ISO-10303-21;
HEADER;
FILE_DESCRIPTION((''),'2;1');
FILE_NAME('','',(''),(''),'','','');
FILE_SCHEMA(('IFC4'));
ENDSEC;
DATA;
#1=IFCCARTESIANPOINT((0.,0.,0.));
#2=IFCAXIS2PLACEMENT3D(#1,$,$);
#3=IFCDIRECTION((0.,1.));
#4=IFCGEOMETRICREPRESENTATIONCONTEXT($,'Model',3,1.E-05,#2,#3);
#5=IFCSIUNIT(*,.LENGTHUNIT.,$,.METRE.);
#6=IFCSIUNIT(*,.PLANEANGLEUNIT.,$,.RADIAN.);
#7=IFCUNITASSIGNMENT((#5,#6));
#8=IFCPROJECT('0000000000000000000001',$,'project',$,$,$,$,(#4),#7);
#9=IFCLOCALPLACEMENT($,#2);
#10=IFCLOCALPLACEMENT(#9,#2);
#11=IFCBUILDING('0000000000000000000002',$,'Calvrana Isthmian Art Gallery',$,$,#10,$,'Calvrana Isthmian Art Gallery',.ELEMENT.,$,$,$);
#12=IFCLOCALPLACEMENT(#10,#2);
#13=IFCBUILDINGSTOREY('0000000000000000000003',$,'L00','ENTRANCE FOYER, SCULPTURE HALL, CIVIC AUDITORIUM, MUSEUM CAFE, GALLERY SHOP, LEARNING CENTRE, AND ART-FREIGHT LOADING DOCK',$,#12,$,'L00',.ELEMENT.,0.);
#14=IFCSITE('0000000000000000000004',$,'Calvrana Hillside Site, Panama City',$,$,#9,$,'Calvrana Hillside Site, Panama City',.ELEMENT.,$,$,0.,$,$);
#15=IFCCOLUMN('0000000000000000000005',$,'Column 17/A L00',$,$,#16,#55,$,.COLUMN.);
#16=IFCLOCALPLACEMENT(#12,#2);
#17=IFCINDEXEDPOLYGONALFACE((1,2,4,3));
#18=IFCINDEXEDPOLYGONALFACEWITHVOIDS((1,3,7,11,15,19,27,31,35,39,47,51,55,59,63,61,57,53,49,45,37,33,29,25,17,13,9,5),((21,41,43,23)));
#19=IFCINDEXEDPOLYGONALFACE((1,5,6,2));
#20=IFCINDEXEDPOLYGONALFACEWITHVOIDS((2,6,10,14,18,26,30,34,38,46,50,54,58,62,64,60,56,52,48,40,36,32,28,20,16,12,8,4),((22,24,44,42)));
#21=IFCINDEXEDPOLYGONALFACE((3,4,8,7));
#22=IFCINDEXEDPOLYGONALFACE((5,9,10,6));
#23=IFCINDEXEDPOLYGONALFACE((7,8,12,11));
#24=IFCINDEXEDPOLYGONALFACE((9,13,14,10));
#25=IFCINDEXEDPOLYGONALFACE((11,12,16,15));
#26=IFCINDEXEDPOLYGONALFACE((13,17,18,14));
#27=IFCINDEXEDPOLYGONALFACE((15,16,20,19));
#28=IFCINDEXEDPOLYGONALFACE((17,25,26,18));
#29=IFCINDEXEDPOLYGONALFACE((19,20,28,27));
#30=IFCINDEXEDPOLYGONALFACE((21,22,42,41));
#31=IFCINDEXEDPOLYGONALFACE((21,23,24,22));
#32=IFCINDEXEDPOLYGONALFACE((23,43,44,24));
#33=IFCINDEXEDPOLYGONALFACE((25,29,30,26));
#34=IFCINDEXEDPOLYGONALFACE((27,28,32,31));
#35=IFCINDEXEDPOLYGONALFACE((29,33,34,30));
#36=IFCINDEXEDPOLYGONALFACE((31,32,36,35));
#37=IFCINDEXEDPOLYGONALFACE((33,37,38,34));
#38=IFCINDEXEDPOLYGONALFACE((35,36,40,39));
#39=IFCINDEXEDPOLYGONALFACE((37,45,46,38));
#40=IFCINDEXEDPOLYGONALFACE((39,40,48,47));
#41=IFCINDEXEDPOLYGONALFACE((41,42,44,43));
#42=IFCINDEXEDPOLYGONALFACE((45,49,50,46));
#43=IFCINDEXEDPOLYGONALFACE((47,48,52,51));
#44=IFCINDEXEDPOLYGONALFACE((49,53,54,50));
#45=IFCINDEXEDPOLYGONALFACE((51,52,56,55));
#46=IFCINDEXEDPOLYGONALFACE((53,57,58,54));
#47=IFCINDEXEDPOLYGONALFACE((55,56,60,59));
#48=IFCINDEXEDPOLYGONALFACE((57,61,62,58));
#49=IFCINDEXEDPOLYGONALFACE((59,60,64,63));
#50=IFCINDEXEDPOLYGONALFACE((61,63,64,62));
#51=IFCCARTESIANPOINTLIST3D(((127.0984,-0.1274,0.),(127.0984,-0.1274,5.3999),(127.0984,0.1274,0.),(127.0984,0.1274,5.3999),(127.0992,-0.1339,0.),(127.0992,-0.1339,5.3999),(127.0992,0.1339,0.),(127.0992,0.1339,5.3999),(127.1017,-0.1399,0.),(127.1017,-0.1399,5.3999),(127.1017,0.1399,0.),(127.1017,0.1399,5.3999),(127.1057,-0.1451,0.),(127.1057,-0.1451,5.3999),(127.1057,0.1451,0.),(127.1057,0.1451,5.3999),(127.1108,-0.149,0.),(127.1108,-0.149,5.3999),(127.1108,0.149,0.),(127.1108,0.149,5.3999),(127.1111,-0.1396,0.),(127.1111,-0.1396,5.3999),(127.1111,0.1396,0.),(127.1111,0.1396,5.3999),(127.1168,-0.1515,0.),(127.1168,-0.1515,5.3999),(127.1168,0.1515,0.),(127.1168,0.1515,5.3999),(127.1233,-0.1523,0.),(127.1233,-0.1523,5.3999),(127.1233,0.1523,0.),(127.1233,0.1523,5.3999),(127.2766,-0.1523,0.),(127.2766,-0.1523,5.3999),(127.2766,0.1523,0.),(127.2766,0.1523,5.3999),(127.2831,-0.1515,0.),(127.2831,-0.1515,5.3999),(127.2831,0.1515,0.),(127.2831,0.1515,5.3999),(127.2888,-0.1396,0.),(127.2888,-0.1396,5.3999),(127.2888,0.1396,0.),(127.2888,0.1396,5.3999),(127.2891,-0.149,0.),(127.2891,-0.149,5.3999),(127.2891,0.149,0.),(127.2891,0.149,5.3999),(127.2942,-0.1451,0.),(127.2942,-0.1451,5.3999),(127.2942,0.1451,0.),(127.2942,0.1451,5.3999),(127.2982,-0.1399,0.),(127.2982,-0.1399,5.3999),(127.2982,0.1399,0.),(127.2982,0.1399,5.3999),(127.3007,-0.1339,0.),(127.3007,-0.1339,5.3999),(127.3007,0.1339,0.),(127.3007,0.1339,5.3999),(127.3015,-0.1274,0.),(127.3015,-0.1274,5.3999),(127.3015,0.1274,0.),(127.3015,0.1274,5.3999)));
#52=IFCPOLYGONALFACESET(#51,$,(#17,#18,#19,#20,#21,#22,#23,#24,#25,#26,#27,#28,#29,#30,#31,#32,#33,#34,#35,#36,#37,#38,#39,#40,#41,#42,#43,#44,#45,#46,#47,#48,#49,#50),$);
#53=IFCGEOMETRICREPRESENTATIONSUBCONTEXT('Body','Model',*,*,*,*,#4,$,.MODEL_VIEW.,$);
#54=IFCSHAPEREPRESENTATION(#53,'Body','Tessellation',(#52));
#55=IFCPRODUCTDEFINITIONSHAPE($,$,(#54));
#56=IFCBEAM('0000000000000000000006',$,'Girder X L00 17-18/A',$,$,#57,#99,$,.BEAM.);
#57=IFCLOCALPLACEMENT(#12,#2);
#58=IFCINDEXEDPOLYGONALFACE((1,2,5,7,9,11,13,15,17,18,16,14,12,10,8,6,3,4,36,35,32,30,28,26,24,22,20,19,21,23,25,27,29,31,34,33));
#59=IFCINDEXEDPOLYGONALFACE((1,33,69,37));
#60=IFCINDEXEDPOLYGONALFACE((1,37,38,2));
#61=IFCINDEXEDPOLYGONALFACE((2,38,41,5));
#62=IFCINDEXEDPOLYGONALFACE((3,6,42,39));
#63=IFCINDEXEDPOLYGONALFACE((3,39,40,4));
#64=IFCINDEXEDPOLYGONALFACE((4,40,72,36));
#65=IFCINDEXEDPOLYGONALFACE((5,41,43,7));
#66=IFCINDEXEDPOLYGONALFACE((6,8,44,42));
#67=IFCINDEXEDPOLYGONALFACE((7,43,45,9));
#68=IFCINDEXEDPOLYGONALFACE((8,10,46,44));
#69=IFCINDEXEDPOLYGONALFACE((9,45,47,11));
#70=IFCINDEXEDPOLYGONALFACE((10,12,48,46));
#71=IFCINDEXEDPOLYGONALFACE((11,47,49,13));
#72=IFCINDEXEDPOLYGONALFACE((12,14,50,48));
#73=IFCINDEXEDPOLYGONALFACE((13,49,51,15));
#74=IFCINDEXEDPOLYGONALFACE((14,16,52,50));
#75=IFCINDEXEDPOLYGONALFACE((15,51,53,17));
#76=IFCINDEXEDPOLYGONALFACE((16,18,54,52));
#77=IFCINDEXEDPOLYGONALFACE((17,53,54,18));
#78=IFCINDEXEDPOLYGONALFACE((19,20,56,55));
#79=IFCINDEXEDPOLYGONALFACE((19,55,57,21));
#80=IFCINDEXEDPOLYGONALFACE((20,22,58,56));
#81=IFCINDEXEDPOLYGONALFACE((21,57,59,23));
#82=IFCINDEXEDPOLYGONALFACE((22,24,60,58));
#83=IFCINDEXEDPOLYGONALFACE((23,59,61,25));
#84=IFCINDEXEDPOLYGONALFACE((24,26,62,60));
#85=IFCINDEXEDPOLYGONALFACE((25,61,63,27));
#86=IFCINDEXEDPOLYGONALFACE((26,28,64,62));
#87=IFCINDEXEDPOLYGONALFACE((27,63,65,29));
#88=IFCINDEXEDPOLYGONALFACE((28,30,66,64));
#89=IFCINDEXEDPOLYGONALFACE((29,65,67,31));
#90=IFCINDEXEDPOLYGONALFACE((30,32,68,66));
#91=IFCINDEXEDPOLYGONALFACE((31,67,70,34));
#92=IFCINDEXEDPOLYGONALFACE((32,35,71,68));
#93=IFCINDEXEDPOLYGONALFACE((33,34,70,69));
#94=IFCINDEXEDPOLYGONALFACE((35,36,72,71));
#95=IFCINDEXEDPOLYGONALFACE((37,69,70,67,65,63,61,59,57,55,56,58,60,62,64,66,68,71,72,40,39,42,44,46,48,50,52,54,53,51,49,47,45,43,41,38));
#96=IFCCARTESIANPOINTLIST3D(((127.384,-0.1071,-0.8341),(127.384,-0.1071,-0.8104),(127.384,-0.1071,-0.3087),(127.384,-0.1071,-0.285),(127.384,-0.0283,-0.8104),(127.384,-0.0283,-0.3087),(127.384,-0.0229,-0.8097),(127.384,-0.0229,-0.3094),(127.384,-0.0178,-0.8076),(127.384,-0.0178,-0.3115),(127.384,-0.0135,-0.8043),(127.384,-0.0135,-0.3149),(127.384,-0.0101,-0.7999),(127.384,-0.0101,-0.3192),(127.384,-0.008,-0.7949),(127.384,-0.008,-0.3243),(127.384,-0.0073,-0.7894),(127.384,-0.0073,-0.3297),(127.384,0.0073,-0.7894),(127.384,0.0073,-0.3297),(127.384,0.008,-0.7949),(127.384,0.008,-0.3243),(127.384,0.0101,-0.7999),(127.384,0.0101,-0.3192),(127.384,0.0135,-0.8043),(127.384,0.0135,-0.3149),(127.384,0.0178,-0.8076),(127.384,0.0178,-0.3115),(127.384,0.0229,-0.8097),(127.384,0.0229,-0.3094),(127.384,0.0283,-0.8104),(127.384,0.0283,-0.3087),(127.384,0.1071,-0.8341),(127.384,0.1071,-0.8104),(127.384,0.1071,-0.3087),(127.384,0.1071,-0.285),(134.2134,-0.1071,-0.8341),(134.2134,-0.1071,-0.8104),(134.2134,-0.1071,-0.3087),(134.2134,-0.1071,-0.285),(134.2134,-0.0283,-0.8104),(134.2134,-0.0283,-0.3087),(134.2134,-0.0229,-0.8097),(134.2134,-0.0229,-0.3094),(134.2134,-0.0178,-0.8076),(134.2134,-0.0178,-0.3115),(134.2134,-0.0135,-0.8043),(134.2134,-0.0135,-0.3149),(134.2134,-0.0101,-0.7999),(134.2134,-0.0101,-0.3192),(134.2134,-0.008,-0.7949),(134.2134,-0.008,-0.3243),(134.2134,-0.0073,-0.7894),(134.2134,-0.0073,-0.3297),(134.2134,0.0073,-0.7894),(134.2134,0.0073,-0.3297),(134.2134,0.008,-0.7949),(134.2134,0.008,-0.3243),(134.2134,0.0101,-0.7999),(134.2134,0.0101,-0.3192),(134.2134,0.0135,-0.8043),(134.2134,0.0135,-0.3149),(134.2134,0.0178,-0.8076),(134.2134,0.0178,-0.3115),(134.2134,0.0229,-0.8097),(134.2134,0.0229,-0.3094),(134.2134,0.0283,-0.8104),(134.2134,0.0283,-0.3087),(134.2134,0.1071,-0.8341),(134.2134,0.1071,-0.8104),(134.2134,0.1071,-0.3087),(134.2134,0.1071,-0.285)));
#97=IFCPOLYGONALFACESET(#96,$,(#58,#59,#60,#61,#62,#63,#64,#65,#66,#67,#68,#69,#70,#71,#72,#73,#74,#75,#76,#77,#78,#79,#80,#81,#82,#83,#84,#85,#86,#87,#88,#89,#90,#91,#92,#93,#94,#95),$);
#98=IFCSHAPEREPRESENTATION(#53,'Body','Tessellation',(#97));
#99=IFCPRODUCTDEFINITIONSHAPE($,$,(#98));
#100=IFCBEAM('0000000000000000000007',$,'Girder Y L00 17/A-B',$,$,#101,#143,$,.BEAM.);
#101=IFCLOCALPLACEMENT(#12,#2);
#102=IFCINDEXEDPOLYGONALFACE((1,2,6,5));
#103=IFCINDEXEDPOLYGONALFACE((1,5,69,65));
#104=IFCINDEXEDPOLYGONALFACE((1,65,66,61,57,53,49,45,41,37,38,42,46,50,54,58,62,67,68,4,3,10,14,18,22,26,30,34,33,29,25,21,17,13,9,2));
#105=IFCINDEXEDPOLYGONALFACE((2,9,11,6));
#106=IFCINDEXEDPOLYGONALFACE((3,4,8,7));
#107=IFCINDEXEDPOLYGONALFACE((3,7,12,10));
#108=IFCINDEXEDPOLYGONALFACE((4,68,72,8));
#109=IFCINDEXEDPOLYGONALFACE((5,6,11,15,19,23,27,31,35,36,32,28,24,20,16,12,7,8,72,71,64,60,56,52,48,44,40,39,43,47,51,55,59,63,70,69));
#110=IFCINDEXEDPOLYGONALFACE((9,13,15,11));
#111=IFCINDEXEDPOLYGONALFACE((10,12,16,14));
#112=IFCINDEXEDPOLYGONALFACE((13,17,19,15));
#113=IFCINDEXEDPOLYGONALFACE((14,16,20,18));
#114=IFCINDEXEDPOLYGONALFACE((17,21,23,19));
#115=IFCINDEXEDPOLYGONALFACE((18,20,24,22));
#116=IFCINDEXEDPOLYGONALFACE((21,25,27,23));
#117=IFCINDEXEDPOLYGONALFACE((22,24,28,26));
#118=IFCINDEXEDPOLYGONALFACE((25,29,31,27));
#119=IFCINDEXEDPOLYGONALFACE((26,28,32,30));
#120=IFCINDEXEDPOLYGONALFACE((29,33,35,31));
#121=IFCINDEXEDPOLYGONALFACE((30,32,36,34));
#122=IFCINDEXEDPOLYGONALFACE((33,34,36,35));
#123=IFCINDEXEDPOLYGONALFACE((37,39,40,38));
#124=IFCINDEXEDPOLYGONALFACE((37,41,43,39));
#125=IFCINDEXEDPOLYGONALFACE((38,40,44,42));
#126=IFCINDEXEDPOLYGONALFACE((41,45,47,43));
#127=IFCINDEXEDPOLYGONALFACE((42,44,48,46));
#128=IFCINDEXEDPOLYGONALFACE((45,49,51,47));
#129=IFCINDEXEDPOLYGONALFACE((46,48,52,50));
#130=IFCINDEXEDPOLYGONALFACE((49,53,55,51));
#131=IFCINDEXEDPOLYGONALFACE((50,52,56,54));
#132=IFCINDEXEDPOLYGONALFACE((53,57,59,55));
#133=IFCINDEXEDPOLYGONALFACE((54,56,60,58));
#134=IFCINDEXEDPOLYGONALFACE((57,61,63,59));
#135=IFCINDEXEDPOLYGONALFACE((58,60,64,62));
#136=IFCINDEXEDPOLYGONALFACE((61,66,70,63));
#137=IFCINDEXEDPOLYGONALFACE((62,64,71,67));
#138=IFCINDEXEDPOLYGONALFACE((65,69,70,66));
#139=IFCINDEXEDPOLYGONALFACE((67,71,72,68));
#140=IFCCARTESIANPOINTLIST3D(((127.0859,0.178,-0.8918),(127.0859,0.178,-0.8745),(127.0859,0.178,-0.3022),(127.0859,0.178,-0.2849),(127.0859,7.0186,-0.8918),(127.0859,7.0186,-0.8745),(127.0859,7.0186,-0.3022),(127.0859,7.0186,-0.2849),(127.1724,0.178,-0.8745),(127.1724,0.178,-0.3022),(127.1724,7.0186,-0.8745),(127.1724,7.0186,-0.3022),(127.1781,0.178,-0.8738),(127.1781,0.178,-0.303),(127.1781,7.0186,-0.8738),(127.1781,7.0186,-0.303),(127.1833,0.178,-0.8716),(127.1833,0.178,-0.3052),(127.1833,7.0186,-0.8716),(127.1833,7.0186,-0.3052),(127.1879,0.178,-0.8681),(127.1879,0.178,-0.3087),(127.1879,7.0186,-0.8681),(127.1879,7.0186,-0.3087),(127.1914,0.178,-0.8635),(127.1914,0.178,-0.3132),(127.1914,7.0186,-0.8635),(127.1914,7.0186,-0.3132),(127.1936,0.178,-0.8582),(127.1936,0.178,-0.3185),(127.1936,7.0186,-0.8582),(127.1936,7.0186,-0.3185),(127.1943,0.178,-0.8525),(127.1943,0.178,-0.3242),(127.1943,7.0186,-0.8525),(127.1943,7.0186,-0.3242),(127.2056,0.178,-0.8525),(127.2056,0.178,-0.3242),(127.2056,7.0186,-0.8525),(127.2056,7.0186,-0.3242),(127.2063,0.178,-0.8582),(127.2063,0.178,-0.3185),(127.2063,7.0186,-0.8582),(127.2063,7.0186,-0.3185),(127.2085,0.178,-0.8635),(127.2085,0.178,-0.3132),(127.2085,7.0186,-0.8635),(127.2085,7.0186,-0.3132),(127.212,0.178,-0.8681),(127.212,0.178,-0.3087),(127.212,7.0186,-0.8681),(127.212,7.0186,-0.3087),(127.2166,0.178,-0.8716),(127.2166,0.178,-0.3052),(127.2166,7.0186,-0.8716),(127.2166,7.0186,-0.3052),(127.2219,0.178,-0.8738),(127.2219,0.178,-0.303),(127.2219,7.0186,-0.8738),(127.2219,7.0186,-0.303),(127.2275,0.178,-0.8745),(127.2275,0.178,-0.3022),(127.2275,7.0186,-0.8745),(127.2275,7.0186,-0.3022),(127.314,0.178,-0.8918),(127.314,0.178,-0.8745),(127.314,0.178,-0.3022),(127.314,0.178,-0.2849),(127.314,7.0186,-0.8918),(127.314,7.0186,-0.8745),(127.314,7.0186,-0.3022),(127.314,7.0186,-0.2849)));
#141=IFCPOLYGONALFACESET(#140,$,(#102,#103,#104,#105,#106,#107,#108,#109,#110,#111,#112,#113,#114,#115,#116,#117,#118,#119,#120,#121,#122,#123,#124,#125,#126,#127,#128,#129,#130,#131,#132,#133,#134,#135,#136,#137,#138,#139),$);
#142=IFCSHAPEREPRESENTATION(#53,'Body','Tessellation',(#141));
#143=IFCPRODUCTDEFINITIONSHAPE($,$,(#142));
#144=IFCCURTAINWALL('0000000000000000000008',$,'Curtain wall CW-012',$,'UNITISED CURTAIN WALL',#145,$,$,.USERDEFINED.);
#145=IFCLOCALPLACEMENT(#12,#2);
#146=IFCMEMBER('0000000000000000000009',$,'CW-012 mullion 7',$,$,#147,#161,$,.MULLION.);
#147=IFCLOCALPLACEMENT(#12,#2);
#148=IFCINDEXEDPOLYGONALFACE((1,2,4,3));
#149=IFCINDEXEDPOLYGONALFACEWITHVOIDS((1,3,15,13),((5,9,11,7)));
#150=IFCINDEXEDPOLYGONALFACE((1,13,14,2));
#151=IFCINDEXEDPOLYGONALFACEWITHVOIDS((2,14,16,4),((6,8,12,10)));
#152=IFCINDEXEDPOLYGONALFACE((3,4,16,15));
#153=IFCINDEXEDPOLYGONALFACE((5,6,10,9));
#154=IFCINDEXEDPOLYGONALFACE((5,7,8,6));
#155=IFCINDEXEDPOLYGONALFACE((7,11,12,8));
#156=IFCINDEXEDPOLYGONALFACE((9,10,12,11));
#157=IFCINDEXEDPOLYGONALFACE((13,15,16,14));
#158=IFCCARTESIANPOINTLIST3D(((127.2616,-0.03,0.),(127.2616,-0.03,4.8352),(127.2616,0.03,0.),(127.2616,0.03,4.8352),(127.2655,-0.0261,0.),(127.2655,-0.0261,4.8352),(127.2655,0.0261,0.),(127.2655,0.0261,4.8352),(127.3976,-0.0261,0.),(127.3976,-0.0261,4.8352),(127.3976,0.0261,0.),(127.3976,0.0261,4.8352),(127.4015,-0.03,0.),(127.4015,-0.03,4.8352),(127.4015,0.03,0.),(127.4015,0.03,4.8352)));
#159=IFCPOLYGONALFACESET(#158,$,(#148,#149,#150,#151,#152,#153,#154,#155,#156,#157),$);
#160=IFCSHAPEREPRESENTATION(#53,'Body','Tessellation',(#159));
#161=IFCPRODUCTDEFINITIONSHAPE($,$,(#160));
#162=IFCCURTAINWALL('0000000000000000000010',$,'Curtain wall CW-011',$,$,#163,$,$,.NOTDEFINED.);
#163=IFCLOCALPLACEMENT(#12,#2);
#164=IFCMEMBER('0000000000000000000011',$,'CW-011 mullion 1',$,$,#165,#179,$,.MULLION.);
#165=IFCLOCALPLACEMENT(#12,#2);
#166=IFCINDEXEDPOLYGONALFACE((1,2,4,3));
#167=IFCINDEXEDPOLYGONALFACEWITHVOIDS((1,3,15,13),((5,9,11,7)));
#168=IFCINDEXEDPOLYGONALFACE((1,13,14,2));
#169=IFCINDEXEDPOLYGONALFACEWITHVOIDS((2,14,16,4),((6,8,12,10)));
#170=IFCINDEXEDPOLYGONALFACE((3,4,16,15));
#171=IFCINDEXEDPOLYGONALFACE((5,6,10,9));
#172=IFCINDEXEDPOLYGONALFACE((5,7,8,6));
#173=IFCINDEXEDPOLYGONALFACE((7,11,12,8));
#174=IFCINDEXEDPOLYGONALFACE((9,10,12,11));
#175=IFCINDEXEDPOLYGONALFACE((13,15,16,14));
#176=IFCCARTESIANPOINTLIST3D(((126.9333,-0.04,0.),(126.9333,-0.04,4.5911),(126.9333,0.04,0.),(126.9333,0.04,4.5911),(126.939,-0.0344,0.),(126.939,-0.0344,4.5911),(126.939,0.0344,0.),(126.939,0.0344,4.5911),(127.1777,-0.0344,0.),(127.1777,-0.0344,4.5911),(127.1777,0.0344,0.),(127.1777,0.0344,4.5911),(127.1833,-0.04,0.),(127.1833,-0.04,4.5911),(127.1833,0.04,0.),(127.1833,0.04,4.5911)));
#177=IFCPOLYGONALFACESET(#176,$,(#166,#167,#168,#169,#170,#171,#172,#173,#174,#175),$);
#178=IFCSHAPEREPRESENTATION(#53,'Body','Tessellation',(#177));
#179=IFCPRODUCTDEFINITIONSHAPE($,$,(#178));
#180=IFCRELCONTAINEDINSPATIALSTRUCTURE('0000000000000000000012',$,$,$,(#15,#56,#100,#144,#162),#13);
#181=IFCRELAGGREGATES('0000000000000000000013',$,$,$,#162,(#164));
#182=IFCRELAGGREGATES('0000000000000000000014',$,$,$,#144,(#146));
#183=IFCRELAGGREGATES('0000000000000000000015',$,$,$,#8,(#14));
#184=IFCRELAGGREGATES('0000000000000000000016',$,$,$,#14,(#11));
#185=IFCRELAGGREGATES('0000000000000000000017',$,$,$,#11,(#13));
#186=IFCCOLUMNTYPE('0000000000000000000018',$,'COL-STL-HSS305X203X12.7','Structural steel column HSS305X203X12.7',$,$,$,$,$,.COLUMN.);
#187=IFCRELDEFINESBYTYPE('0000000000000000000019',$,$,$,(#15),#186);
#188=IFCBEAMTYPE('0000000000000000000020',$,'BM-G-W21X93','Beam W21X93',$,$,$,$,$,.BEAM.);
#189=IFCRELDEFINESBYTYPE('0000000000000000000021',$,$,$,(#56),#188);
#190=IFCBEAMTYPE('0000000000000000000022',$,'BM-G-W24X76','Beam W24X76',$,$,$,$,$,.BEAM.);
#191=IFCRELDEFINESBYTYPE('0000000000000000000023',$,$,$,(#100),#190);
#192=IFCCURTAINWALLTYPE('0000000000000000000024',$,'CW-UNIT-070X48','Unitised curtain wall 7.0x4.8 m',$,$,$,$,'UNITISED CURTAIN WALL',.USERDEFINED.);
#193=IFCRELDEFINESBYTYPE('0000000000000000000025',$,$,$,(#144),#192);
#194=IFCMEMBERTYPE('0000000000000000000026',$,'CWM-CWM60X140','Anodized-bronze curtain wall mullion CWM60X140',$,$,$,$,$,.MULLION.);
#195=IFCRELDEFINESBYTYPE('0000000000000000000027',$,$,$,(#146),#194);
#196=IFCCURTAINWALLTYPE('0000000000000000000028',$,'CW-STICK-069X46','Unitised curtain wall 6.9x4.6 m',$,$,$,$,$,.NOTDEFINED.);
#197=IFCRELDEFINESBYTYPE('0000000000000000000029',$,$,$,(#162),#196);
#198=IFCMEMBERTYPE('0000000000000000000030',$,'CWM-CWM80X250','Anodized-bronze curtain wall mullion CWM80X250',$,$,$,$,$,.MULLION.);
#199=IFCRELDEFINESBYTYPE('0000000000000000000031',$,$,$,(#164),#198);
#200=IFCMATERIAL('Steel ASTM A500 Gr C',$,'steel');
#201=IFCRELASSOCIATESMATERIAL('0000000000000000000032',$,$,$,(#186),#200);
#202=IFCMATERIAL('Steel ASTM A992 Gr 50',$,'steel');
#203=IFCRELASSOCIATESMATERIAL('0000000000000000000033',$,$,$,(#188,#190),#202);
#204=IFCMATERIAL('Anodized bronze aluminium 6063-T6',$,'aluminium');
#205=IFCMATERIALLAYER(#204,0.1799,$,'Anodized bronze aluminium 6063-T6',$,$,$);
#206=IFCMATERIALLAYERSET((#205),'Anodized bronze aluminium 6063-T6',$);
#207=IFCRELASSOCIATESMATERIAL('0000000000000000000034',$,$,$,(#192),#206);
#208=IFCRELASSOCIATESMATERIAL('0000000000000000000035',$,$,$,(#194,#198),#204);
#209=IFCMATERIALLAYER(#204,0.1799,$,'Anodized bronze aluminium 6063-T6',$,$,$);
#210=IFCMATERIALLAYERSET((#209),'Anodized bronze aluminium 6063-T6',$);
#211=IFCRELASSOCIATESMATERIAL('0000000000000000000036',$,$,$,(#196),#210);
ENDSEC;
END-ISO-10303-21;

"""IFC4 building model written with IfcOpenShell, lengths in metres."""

from ifc_helpers import new_model, si_unit, direction, frame, origin, origin_2d, place, context, subcontext, project, spatial, hollow_rectangle, i_section, extrude, material, layer, layer_set, material_profile, profile_set, type_object, element, aggregate, save


model = new_model("IFC4")

# Units and contexts
model_context = context("Model", 3, precision=1e-05, world=origin(), true_north=direction((0.0, 1.0)))
body_context = subcontext(model_context, "Body", "Model", "MODEL_VIEW")
ifc_project = project(units=[si_unit("LENGTHUNIT", "METRE"), si_unit("PLANEANGLEUNIT", "RADIAN")], contexts=[model_context])

# Site, building, storey
site_placement = place(None, origin())
site = spatial("IfcSite", under=ifc_project, at=site_placement, Name="Calvrana Hillside Site, Panama City", LongName="Calvrana Hillside Site, Panama City", CompositionType="ELEMENT", RefElevation=0.0)
building_placement = place(site_placement, origin())
building = spatial("IfcBuilding", under=site, at=building_placement, Name="Calvrana Isthmian Art Gallery", LongName="Calvrana Isthmian Art Gallery", CompositionType="ELEMENT")
storey_placement = place(building_placement, origin())
storey = spatial("IfcBuildingStorey", under=building, at=storey_placement, Name="L00", Description="ENTRANCE FOYER, SCULPTURE HALL, CIVIC AUDITORIUM, MUSEUM CAFE, GALLERY SHOP, LEARNING CENTRE, AND ART-FREIGHT LOADING DOCK", LongName="L00", CompositionType="ELEMENT", Elevation=0.0)

# Column
ifc_material_1 = material(Name="Steel ASTM A500 Gr C", Category="steel")
ifc_material_profile_1 = material_profile(ifc_material_1, hollow_rectangle(XDim=0.2031, YDim=0.3047, WallThickness=0.0127, OuterFilletRadius=0.0249, at=origin_2d()), Name="HSS305X203X12.7")
ifc_profile_set_1 = profile_set([ifc_material_profile_1], Name="Steel ASTM A500 Gr C")
column_type = type_object("IfcColumnType", Name="COL-STL-HSS305X203X12.7", Description="Structural steel column HSS305X203X12.7", PredefinedType="COLUMN", material=ifc_profile_set_1)
column_placement = place(storey_placement, frame((127.2, 0.0, 0.0), z_axis=(0.0, 0.0, 1.0), x_axis=(1.0, 0.0, 0.0)))
element("IfcColumn", 1, at=column_placement, inside=storey, type_object=column_type, Name="Column 17/A L00", PredefinedType="COLUMN", context=body_context, shape_type="SweptSolid", body=[
    extrude(hollow_rectangle(XDim=0.2031, YDim=0.3047, WallThickness=0.0127, OuterFilletRadius=0.0249, at=origin_2d()), origin(), (0.0, 0.0, 1.0), 5.3999),
])

# Beams
ifc_material_2 = material(Name="Steel ASTM A992 Gr 50", Category="steel")
ifc_material_profile_2 = material_profile(ifc_material_2, i_section(OverallWidth=0.2141, OverallDepth=0.5491, WebThickness=0.0146, FlangeThickness=0.0237, FilletRadius=0.021, at=origin_2d()), Name="W21X93")
ifc_profile_set_2 = profile_set([ifc_material_profile_2], Name="Steel ASTM A992 Gr 50")
beam_type_1 = type_object("IfcBeamType", Name="BM-G-W21X93", Description="Beam W21X93", PredefinedType="BEAM", material=ifc_profile_set_2)
beam_1_placement = place(storey_placement, frame((127.384, 0.0, -0.5596), z_axis=(1.0, 0.0, 0.0), x_axis=(0.0, 1.0, 0.0)))
element("IfcBeam", 2, at=beam_1_placement, inside=storey, type_object=beam_type_1, Name="Girder X L00 17-18/A", PredefinedType="BEAM", context=body_context, shape_type="SweptSolid", body=[
    extrude(i_section(OverallWidth=0.2141, OverallDepth=0.5491, WebThickness=0.0146, FlangeThickness=0.0237, FilletRadius=0.021, at=origin_2d()), origin(), (0.0, 0.0, 1.0), 6.8293),
])
ifc_material_profile_3 = material_profile(ifc_material_2, i_section(OverallWidth=0.228, OverallDepth=0.6069, WebThickness=0.0112, FlangeThickness=0.0173, FilletRadius=0.022, at=origin_2d()), Name="W24X76")
ifc_profile_set_3 = profile_set([ifc_material_profile_3], Name="Steel ASTM A992 Gr 50")
beam_type_2 = type_object("IfcBeamType", Name="BM-G-W24X76", Description="Beam W24X76", PredefinedType="BEAM", material=ifc_profile_set_3)
beam_2_placement = place(storey_placement, frame((127.2, 0.178, -0.5884), z_axis=(0.0, 1.0, 0.0), x_axis=(-1.0, 0.0, 0.0)))
element("IfcBeam", 3, at=beam_2_placement, inside=storey, type_object=beam_type_2, Name="Girder Y L00 17/A-B", PredefinedType="BEAM", context=body_context, shape_type="SweptSolid", body=[
    extrude(i_section(OverallWidth=0.228, OverallDepth=0.6069, WebThickness=0.0112, FlangeThickness=0.0173, FilletRadius=0.022, at=origin_2d()), origin(), (0.0, 0.0, 1.0), 6.8406),
])

# Curtain wall, member
ifc_material_3 = material(Name="Anodized bronze aluminium 6063-T6", Category="aluminium")
ifc_layer_1 = layer(ifc_material_3, 0.1799, Name="Anodized bronze aluminium 6063-T6")
ifc_layer_set_1 = layer_set([ifc_layer_1], Name="Anodized bronze aluminium 6063-T6")
curtain_wall_type_1 = type_object("IfcCurtainWallType", Name="CW-UNIT-070X48", Description="Unitised curtain wall 7.0x4.8 m", ElementType="UNITISED CURTAIN WALL", PredefinedType="USERDEFINED", material=ifc_layer_set_1)
curtain_wall_1_placement = place(storey_placement, origin())
curtain_wall_1 = element("IfcCurtainWall", 4, at=curtain_wall_1_placement, inside=storey, type_object=curtain_wall_type_1, Name="Curtain wall CW-012", ObjectType="UNITISED CURTAIN WALL", PredefinedType="USERDEFINED")
ifc_material_profile_4 = material_profile(ifc_material_3, hollow_rectangle(XDim=0.0601, YDim=0.1399, WallThickness=0.0039, at=origin_2d()), Name="CWM60X140")
ifc_profile_set_4 = profile_set([ifc_material_profile_4], Name="Anodized bronze aluminium 6063-T6")
member_type_1 = type_object("IfcMemberType", Name="CWM-CWM60X140", Description="Anodized-bronze curtain wall mullion CWM60X140", PredefinedType="MULLION", material=ifc_profile_set_4)
member_1_placement = place(storey_placement, frame((127.3315, 0.0, 0.0), z_axis=(0.0, 0.0, 1.0), x_axis=(0.0, -1.0, 0.0)))
member_1 = element("IfcMember", 5, at=member_1_placement, type_object=member_type_1, Name="CW-012 mullion 7", PredefinedType="MULLION", context=body_context, shape_type="SweptSolid", body=[
    extrude(hollow_rectangle(XDim=0.0601, YDim=0.1399, WallThickness=0.0039, at=origin_2d()), origin(), (0.0, 0.0, 1.0), 4.8352),
])

# Curtain wall, member
ifc_layer_2 = layer(ifc_material_3, 0.1799, Name="Anodized bronze aluminium 6063-T6")
ifc_layer_set_2 = layer_set([ifc_layer_2], Name="Anodized bronze aluminium 6063-T6")
curtain_wall_type_2 = type_object("IfcCurtainWallType", Name="CW-STICK-069X46", Description="Unitised curtain wall 6.9x4.6 m", PredefinedType="NOTDEFINED", material=ifc_layer_set_2)
curtain_wall_2_placement = place(storey_placement, origin())
curtain_wall_2 = element("IfcCurtainWall", 6, at=curtain_wall_2_placement, inside=storey, type_object=curtain_wall_type_2, Name="Curtain wall CW-011", PredefinedType="NOTDEFINED")
ifc_material_profile_5 = material_profile(ifc_material_3, hollow_rectangle(XDim=0.0801, YDim=0.25, WallThickness=0.0056, at=origin_2d()), Name="CWM80X250")
ifc_profile_set_5 = profile_set([ifc_material_profile_5], Name="Anodized bronze aluminium 6063-T6")
member_type_2 = type_object("IfcMemberType", Name="CWM-CWM80X250", Description="Anodized-bronze curtain wall mullion CWM80X250", PredefinedType="MULLION", material=ifc_profile_set_5)
member_2_placement = place(storey_placement, frame((127.0583, 0.0, 0.0), z_axis=(0.0, 0.0, 1.0), x_axis=(0.0, -1.0, 0.0)))
member_2 = element("IfcMember", 7, at=member_2_placement, type_object=member_type_2, Name="CW-011 mullion 1", PredefinedType="MULLION", context=body_context, shape_type="SweptSolid", body=[
    extrude(hollow_rectangle(XDim=0.0801, YDim=0.25, WallThickness=0.0056, at=origin_2d()), origin(), (0.0, 0.0, 1.0), 4.5911),
])
aggregate(curtain_wall_2, [member_2])

aggregate(curtain_wall_1, [member_1])

save(model, "model.ifc")
